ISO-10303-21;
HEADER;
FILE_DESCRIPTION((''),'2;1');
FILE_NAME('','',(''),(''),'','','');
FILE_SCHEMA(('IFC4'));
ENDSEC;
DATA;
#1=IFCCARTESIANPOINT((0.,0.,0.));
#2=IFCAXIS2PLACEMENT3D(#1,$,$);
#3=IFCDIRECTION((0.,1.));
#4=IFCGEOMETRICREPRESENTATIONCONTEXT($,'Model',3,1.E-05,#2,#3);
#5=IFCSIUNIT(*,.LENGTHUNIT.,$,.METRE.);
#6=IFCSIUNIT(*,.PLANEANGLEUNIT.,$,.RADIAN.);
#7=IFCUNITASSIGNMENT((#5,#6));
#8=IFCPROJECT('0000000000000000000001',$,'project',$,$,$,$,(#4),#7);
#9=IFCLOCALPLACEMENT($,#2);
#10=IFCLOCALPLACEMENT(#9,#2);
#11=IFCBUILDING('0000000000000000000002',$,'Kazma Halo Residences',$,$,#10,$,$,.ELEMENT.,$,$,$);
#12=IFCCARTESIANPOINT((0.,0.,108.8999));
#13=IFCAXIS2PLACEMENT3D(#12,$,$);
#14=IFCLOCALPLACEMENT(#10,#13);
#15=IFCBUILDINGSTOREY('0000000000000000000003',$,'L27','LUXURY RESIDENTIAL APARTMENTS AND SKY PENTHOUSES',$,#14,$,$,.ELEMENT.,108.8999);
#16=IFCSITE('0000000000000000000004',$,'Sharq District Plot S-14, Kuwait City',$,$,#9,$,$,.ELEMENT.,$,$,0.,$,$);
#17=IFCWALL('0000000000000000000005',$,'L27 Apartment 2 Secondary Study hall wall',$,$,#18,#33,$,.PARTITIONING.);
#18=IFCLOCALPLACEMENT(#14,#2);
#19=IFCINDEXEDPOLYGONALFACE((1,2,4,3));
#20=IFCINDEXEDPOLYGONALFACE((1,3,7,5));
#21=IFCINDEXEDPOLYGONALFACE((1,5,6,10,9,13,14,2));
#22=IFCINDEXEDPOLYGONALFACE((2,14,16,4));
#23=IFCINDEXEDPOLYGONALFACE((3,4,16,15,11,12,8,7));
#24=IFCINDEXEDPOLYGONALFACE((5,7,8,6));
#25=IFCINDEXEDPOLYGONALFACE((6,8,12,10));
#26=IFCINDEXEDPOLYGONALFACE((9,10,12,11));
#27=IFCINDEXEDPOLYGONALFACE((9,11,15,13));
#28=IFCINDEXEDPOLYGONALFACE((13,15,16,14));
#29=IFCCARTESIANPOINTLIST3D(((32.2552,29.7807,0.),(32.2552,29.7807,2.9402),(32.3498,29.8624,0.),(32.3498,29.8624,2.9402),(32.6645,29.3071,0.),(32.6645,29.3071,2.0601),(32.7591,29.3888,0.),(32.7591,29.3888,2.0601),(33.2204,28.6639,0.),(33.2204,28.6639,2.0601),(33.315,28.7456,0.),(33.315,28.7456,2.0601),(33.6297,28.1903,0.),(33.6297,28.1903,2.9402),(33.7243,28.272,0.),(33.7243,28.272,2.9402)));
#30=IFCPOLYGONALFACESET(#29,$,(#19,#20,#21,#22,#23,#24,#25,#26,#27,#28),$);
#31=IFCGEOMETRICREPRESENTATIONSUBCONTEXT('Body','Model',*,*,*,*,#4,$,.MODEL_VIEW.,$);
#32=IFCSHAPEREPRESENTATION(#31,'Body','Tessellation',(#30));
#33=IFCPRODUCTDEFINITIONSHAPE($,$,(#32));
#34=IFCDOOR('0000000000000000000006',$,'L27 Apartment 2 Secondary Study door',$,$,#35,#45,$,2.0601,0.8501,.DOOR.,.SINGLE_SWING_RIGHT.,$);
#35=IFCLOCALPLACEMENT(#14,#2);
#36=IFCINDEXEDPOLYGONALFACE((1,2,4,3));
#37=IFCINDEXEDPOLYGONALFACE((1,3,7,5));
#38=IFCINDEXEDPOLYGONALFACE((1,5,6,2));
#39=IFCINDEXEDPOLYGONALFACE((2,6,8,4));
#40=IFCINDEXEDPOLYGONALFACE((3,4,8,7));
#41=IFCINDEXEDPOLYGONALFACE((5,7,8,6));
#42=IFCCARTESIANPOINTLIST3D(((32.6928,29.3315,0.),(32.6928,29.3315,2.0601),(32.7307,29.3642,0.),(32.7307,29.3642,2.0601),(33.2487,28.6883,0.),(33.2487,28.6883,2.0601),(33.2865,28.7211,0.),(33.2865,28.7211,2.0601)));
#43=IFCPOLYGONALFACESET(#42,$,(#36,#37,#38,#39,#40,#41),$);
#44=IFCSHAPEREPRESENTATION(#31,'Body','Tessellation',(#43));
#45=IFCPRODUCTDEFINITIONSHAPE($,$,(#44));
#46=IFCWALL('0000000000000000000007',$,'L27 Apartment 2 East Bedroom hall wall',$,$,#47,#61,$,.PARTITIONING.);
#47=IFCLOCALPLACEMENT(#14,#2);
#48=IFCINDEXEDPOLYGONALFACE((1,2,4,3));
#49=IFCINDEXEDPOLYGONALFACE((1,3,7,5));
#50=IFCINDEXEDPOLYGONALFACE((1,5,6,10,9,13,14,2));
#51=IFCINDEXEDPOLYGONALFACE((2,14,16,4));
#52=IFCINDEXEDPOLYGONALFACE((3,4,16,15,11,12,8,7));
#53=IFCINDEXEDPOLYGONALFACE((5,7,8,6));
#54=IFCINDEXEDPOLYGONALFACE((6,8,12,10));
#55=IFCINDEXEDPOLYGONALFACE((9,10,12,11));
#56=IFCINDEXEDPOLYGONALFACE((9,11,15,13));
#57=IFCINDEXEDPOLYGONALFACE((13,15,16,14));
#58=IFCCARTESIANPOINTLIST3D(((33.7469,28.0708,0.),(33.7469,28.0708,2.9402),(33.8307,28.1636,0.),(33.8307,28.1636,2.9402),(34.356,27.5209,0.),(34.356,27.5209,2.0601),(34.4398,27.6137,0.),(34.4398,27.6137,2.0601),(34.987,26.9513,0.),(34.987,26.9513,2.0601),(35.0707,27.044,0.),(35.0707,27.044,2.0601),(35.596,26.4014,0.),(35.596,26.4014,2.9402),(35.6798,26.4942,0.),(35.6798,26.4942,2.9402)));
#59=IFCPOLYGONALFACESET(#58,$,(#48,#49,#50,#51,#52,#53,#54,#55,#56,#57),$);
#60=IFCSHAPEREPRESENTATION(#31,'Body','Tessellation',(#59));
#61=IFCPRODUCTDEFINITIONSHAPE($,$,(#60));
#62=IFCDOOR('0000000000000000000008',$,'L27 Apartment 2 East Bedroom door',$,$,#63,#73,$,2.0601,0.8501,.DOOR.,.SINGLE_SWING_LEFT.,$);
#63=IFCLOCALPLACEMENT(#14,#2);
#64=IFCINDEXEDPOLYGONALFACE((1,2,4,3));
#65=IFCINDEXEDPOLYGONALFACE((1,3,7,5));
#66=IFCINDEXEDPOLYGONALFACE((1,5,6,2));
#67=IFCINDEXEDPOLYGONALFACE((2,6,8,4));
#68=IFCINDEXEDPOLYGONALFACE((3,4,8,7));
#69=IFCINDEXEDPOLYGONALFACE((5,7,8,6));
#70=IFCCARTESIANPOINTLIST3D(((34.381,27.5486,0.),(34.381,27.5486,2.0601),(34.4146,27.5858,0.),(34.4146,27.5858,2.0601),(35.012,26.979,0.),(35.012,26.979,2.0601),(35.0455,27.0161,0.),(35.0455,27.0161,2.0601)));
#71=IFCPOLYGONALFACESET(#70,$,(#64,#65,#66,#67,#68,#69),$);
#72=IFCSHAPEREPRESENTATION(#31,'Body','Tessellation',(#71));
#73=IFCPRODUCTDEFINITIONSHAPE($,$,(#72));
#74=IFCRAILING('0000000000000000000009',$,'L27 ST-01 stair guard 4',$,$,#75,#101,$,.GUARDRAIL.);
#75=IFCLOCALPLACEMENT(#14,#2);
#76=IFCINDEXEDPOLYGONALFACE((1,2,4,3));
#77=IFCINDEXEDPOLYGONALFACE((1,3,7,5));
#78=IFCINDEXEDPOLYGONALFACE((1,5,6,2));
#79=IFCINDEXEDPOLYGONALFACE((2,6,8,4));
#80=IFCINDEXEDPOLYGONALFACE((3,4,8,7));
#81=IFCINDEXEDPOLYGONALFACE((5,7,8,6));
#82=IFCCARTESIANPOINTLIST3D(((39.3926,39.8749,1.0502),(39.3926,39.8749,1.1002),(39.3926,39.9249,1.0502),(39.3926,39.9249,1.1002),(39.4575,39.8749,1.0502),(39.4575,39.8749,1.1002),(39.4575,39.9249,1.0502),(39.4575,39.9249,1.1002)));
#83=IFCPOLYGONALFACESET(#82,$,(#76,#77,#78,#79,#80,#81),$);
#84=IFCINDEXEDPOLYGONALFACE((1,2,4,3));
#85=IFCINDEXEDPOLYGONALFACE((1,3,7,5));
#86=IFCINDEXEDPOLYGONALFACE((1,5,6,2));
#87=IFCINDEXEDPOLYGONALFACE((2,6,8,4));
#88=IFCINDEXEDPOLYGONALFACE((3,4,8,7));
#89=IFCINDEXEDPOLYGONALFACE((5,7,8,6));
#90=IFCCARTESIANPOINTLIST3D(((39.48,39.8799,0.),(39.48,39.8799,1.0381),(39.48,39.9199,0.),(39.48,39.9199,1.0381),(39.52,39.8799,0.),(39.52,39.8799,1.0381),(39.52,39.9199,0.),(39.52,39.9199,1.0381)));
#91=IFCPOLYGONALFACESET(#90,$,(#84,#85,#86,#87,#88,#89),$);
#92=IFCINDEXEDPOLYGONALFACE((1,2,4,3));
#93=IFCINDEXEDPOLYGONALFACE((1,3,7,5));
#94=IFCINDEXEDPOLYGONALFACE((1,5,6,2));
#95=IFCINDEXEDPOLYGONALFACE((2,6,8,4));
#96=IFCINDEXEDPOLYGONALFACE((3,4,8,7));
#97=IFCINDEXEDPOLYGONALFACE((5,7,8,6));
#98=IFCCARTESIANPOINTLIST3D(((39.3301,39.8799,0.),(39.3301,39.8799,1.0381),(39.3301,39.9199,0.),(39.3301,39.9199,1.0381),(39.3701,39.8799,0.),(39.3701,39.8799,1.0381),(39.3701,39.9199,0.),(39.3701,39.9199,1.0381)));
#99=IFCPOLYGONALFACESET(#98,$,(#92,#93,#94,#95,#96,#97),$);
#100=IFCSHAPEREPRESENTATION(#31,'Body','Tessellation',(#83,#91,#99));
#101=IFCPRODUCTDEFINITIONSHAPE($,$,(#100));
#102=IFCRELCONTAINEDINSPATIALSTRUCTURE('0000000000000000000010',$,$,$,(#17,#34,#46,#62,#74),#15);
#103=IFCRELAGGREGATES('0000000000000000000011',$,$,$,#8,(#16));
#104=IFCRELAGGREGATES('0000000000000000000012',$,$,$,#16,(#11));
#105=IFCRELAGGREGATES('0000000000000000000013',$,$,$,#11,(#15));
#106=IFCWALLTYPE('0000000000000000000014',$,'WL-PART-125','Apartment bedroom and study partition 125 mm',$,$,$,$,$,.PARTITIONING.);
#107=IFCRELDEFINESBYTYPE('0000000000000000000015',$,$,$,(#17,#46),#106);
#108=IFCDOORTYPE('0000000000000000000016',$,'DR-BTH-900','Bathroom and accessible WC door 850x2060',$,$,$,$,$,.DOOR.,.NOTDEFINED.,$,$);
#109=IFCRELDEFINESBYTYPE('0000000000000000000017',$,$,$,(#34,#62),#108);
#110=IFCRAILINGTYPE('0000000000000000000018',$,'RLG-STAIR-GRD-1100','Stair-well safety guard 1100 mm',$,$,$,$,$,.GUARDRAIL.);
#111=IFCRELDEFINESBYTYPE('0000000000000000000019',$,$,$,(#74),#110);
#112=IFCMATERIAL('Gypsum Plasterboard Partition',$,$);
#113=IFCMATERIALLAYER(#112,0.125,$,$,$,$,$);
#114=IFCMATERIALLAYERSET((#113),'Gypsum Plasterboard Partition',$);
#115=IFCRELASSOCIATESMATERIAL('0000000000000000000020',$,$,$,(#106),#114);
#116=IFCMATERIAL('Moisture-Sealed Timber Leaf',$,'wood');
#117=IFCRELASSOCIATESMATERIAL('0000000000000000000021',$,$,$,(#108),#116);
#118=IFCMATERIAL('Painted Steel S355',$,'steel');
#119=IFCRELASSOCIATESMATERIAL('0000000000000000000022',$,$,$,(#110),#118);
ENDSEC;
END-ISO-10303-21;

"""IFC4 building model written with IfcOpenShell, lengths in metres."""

from ifc_helpers import new_model, si_unit, direction, frame, frame_2d, origin, origin_2d, place, context, subcontext, project, spatial, rectangle, extrude, material, layer, layer_set, type_object, element, fill, save


model = new_model("IFC4")

# Units and contexts
model_context = context("Model", 3, precision=1e-05, world=origin(), true_north=direction((0.0, 1.0)))
body_context = subcontext(model_context, "Body", "Model", "MODEL_VIEW")
ifc_project = project(units=[si_unit("LENGTHUNIT", "METRE"), si_unit("PLANEANGLEUNIT", "RADIAN")], contexts=[model_context])

# Site, building, storey
site_placement = place(None, origin())
site = spatial("IfcSite", under=ifc_project, at=site_placement, Name="Sharq District Plot S-14, Kuwait City", CompositionType="ELEMENT", RefElevation=0.0)
building_placement = place(site_placement, origin())
building = spatial("IfcBuilding", under=site, at=building_placement, Name="Kazma Halo Residences", CompositionType="ELEMENT")
storey_placement = place(building_placement, frame((0.0, 0.0, 108.8999)))
storey = spatial("IfcBuildingStorey", under=building, at=storey_placement, Name="L27", Description="LUXURY RESIDENTIAL APARTMENTS AND SKY PENTHOUSES", CompositionType="ELEMENT", Elevation=108.8999)

# Shared definitions
ifc_material_1 = material(Name="Gypsum Plasterboard Partition")
ifc_layer_1 = layer(ifc_material_1, 0.125)
ifc_layer_set_1 = layer_set([ifc_layer_1], Name="Gypsum Plasterboard Partition")
wall_type_1 = type_object("IfcWallType", Name="WL-PART-125", Description="Apartment bedroom and study partition 125 mm", PredefinedType="PARTITIONING", material=ifc_layer_set_1)

# Walls, openings, doors
wall_1_placement = place(storey_placement, frame((32.3025, 29.8215, 0.0), z_axis=(0.0, 0.0, 1.0), x_axis=(0.653904, -0.756577, 0.0)))
wall_1 = element("IfcWall", 1, at=wall_1_placement, inside=storey, type_object=wall_type_1, Name="L27 Apartment 2 Secondary Study hall wall", PredefinedType="PARTITIONING", context=body_context, shape_type="SweptSolid", body=[
    extrude(rectangle(XDim=2.1021, YDim=0.125, at=frame_2d((1.051, 0.0))), origin(), (0.0, 0.0, 1.0), 2.9402),
])
opening_1_placement = place(wall_1_placement, frame((0.626, 0.0, 0.0)))
opening_1 = element("IfcOpeningElement", 2, at=opening_1_placement, cuts=wall_1, PredefinedType="OPENING", context=body_context, shape_type="SweptSolid", body=[
    extrude(rectangle(XDim=0.8501, YDim=2.0601, at=frame_2d((0.425, 1.03))), frame((0.0, 0.0725, 0.0), z_axis=(0.0, -1.0, 0.0), x_axis=(1.0, 0.0, 0.0)), (0.0, 0.0, 1.0), 0.145),
])
ifc_material_2 = material(Name="Moisture-Sealed Timber Leaf", Category="wood")
door_type_1 = type_object("IfcDoorType", Name="DR-BTH-900", Description="Bathroom and accessible WC door 850x2060", OperationType="NOTDEFINED", PredefinedType="DOOR", material=ifc_material_2)
door_1_placement = place(opening_1_placement, origin())
door_1 = element("IfcDoor", 3, at=door_1_placement, inside=storey, type_object=door_type_1, Name="L27 Apartment 2 Secondary Study door", OperationType="SINGLE_SWING_RIGHT", OverallHeight=2.0601, OverallWidth=0.8501, PredefinedType="DOOR", context=body_context, shape_type="SweptSolid", body=[
    extrude(rectangle(XDim=0.8501, YDim=2.0601, at=frame_2d((0.425, 1.03))), frame((0.0, 0.0249, 0.0), z_axis=(0.0, -1.0, 0.0), x_axis=(1.0, 0.0, 0.0)), (0.0, 0.0, 1.0), 0.05),
])
fill(opening_1, door_1)
wall_2_placement = place(storey_placement, frame((33.7888, 28.1172, 0.0), z_axis=(0.0, 0.0, 1.0), x_axis=(0.74225, -0.670123, 0.0)))
wall_2 = element("IfcWall", 4, at=wall_2_placement, inside=storey, type_object=wall_type_1, Name="L27 Apartment 2 East Bedroom hall wall", PredefinedType="PARTITIONING", context=body_context, shape_type="SweptSolid", body=[
    extrude(rectangle(XDim=2.4912, YDim=0.125, at=frame_2d((1.2456, 0.0))), origin(), (0.0, 0.0, 1.0), 2.9402),
])
opening_2_placement = place(wall_2_placement, frame((0.8206, 0.0, 0.0)))
opening_2 = element("IfcOpeningElement", 5, at=opening_2_placement, cuts=wall_2, PredefinedType="OPENING", context=body_context, shape_type="SweptSolid", body=[
    extrude(rectangle(XDim=0.8501, YDim=2.0601, at=frame_2d((0.425, 1.03))), frame((0.0, 0.0725, 0.0), z_axis=(0.0, -1.0, 0.0), x_axis=(1.0, 0.0, 0.0)), (0.0, 0.0, 1.0), 0.145),
])
door_2_placement = place(opening_2_placement, origin())
door_2 = element("IfcDoor", 6, at=door_2_placement, inside=storey, type_object=door_type_1, Name="L27 Apartment 2 East Bedroom door", OperationType="SINGLE_SWING_LEFT", OverallHeight=2.0601, OverallWidth=0.8501, PredefinedType="DOOR", context=body_context, shape_type="SweptSolid", body=[
    extrude(rectangle(XDim=0.8501, YDim=2.0601, at=frame_2d((0.425, 1.03))), frame((0.0, 0.0249, 0.0), z_axis=(0.0, -1.0, 0.0), x_axis=(1.0, 0.0, 0.0)), (0.0, 0.0, 1.0), 0.05),
])
fill(opening_2, door_2)

# Railing
ifc_material_3 = material(Name="Painted Steel S355", Category="steel")
railing_type = type_object("IfcRailingType", Name="RLG-STAIR-GRD-1100", Description="Stair-well safety guard 1100 mm", PredefinedType="GUARDRAIL", material=ifc_material_3)
railing_placement = place(storey_placement, frame((39.5, 39.8999, 0.0)))
element("IfcRailing", 7, at=railing_placement, inside=storey, type_object=railing_type, Name="L27 ST-01 stair guard 4", PredefinedType="GUARDRAIL", context=body_context, shape_type="SweptSolid", body=[
    extrude(rectangle(XDim=0.05, YDim=0.05, at=origin_2d()), frame((-0.0425, 0.0, 1.0752), z_axis=(-1.0, 0.0, 0.0), x_axis=(0.0, -1.0, 0.0)), (0.0, 0.0, 1.0), 0.0649),
    extrude(rectangle(XDim=0.04, YDim=0.04, at=origin_2d()), origin(), (0.0, 0.0, 1.0), 1.0381),
    extrude(rectangle(XDim=0.04, YDim=0.04, at=origin_2d()), frame((-0.1499, 0.0, 0.0)), (0.0, 0.0, 1.0), 1.0381),
])

save(model, "model.ifc")
